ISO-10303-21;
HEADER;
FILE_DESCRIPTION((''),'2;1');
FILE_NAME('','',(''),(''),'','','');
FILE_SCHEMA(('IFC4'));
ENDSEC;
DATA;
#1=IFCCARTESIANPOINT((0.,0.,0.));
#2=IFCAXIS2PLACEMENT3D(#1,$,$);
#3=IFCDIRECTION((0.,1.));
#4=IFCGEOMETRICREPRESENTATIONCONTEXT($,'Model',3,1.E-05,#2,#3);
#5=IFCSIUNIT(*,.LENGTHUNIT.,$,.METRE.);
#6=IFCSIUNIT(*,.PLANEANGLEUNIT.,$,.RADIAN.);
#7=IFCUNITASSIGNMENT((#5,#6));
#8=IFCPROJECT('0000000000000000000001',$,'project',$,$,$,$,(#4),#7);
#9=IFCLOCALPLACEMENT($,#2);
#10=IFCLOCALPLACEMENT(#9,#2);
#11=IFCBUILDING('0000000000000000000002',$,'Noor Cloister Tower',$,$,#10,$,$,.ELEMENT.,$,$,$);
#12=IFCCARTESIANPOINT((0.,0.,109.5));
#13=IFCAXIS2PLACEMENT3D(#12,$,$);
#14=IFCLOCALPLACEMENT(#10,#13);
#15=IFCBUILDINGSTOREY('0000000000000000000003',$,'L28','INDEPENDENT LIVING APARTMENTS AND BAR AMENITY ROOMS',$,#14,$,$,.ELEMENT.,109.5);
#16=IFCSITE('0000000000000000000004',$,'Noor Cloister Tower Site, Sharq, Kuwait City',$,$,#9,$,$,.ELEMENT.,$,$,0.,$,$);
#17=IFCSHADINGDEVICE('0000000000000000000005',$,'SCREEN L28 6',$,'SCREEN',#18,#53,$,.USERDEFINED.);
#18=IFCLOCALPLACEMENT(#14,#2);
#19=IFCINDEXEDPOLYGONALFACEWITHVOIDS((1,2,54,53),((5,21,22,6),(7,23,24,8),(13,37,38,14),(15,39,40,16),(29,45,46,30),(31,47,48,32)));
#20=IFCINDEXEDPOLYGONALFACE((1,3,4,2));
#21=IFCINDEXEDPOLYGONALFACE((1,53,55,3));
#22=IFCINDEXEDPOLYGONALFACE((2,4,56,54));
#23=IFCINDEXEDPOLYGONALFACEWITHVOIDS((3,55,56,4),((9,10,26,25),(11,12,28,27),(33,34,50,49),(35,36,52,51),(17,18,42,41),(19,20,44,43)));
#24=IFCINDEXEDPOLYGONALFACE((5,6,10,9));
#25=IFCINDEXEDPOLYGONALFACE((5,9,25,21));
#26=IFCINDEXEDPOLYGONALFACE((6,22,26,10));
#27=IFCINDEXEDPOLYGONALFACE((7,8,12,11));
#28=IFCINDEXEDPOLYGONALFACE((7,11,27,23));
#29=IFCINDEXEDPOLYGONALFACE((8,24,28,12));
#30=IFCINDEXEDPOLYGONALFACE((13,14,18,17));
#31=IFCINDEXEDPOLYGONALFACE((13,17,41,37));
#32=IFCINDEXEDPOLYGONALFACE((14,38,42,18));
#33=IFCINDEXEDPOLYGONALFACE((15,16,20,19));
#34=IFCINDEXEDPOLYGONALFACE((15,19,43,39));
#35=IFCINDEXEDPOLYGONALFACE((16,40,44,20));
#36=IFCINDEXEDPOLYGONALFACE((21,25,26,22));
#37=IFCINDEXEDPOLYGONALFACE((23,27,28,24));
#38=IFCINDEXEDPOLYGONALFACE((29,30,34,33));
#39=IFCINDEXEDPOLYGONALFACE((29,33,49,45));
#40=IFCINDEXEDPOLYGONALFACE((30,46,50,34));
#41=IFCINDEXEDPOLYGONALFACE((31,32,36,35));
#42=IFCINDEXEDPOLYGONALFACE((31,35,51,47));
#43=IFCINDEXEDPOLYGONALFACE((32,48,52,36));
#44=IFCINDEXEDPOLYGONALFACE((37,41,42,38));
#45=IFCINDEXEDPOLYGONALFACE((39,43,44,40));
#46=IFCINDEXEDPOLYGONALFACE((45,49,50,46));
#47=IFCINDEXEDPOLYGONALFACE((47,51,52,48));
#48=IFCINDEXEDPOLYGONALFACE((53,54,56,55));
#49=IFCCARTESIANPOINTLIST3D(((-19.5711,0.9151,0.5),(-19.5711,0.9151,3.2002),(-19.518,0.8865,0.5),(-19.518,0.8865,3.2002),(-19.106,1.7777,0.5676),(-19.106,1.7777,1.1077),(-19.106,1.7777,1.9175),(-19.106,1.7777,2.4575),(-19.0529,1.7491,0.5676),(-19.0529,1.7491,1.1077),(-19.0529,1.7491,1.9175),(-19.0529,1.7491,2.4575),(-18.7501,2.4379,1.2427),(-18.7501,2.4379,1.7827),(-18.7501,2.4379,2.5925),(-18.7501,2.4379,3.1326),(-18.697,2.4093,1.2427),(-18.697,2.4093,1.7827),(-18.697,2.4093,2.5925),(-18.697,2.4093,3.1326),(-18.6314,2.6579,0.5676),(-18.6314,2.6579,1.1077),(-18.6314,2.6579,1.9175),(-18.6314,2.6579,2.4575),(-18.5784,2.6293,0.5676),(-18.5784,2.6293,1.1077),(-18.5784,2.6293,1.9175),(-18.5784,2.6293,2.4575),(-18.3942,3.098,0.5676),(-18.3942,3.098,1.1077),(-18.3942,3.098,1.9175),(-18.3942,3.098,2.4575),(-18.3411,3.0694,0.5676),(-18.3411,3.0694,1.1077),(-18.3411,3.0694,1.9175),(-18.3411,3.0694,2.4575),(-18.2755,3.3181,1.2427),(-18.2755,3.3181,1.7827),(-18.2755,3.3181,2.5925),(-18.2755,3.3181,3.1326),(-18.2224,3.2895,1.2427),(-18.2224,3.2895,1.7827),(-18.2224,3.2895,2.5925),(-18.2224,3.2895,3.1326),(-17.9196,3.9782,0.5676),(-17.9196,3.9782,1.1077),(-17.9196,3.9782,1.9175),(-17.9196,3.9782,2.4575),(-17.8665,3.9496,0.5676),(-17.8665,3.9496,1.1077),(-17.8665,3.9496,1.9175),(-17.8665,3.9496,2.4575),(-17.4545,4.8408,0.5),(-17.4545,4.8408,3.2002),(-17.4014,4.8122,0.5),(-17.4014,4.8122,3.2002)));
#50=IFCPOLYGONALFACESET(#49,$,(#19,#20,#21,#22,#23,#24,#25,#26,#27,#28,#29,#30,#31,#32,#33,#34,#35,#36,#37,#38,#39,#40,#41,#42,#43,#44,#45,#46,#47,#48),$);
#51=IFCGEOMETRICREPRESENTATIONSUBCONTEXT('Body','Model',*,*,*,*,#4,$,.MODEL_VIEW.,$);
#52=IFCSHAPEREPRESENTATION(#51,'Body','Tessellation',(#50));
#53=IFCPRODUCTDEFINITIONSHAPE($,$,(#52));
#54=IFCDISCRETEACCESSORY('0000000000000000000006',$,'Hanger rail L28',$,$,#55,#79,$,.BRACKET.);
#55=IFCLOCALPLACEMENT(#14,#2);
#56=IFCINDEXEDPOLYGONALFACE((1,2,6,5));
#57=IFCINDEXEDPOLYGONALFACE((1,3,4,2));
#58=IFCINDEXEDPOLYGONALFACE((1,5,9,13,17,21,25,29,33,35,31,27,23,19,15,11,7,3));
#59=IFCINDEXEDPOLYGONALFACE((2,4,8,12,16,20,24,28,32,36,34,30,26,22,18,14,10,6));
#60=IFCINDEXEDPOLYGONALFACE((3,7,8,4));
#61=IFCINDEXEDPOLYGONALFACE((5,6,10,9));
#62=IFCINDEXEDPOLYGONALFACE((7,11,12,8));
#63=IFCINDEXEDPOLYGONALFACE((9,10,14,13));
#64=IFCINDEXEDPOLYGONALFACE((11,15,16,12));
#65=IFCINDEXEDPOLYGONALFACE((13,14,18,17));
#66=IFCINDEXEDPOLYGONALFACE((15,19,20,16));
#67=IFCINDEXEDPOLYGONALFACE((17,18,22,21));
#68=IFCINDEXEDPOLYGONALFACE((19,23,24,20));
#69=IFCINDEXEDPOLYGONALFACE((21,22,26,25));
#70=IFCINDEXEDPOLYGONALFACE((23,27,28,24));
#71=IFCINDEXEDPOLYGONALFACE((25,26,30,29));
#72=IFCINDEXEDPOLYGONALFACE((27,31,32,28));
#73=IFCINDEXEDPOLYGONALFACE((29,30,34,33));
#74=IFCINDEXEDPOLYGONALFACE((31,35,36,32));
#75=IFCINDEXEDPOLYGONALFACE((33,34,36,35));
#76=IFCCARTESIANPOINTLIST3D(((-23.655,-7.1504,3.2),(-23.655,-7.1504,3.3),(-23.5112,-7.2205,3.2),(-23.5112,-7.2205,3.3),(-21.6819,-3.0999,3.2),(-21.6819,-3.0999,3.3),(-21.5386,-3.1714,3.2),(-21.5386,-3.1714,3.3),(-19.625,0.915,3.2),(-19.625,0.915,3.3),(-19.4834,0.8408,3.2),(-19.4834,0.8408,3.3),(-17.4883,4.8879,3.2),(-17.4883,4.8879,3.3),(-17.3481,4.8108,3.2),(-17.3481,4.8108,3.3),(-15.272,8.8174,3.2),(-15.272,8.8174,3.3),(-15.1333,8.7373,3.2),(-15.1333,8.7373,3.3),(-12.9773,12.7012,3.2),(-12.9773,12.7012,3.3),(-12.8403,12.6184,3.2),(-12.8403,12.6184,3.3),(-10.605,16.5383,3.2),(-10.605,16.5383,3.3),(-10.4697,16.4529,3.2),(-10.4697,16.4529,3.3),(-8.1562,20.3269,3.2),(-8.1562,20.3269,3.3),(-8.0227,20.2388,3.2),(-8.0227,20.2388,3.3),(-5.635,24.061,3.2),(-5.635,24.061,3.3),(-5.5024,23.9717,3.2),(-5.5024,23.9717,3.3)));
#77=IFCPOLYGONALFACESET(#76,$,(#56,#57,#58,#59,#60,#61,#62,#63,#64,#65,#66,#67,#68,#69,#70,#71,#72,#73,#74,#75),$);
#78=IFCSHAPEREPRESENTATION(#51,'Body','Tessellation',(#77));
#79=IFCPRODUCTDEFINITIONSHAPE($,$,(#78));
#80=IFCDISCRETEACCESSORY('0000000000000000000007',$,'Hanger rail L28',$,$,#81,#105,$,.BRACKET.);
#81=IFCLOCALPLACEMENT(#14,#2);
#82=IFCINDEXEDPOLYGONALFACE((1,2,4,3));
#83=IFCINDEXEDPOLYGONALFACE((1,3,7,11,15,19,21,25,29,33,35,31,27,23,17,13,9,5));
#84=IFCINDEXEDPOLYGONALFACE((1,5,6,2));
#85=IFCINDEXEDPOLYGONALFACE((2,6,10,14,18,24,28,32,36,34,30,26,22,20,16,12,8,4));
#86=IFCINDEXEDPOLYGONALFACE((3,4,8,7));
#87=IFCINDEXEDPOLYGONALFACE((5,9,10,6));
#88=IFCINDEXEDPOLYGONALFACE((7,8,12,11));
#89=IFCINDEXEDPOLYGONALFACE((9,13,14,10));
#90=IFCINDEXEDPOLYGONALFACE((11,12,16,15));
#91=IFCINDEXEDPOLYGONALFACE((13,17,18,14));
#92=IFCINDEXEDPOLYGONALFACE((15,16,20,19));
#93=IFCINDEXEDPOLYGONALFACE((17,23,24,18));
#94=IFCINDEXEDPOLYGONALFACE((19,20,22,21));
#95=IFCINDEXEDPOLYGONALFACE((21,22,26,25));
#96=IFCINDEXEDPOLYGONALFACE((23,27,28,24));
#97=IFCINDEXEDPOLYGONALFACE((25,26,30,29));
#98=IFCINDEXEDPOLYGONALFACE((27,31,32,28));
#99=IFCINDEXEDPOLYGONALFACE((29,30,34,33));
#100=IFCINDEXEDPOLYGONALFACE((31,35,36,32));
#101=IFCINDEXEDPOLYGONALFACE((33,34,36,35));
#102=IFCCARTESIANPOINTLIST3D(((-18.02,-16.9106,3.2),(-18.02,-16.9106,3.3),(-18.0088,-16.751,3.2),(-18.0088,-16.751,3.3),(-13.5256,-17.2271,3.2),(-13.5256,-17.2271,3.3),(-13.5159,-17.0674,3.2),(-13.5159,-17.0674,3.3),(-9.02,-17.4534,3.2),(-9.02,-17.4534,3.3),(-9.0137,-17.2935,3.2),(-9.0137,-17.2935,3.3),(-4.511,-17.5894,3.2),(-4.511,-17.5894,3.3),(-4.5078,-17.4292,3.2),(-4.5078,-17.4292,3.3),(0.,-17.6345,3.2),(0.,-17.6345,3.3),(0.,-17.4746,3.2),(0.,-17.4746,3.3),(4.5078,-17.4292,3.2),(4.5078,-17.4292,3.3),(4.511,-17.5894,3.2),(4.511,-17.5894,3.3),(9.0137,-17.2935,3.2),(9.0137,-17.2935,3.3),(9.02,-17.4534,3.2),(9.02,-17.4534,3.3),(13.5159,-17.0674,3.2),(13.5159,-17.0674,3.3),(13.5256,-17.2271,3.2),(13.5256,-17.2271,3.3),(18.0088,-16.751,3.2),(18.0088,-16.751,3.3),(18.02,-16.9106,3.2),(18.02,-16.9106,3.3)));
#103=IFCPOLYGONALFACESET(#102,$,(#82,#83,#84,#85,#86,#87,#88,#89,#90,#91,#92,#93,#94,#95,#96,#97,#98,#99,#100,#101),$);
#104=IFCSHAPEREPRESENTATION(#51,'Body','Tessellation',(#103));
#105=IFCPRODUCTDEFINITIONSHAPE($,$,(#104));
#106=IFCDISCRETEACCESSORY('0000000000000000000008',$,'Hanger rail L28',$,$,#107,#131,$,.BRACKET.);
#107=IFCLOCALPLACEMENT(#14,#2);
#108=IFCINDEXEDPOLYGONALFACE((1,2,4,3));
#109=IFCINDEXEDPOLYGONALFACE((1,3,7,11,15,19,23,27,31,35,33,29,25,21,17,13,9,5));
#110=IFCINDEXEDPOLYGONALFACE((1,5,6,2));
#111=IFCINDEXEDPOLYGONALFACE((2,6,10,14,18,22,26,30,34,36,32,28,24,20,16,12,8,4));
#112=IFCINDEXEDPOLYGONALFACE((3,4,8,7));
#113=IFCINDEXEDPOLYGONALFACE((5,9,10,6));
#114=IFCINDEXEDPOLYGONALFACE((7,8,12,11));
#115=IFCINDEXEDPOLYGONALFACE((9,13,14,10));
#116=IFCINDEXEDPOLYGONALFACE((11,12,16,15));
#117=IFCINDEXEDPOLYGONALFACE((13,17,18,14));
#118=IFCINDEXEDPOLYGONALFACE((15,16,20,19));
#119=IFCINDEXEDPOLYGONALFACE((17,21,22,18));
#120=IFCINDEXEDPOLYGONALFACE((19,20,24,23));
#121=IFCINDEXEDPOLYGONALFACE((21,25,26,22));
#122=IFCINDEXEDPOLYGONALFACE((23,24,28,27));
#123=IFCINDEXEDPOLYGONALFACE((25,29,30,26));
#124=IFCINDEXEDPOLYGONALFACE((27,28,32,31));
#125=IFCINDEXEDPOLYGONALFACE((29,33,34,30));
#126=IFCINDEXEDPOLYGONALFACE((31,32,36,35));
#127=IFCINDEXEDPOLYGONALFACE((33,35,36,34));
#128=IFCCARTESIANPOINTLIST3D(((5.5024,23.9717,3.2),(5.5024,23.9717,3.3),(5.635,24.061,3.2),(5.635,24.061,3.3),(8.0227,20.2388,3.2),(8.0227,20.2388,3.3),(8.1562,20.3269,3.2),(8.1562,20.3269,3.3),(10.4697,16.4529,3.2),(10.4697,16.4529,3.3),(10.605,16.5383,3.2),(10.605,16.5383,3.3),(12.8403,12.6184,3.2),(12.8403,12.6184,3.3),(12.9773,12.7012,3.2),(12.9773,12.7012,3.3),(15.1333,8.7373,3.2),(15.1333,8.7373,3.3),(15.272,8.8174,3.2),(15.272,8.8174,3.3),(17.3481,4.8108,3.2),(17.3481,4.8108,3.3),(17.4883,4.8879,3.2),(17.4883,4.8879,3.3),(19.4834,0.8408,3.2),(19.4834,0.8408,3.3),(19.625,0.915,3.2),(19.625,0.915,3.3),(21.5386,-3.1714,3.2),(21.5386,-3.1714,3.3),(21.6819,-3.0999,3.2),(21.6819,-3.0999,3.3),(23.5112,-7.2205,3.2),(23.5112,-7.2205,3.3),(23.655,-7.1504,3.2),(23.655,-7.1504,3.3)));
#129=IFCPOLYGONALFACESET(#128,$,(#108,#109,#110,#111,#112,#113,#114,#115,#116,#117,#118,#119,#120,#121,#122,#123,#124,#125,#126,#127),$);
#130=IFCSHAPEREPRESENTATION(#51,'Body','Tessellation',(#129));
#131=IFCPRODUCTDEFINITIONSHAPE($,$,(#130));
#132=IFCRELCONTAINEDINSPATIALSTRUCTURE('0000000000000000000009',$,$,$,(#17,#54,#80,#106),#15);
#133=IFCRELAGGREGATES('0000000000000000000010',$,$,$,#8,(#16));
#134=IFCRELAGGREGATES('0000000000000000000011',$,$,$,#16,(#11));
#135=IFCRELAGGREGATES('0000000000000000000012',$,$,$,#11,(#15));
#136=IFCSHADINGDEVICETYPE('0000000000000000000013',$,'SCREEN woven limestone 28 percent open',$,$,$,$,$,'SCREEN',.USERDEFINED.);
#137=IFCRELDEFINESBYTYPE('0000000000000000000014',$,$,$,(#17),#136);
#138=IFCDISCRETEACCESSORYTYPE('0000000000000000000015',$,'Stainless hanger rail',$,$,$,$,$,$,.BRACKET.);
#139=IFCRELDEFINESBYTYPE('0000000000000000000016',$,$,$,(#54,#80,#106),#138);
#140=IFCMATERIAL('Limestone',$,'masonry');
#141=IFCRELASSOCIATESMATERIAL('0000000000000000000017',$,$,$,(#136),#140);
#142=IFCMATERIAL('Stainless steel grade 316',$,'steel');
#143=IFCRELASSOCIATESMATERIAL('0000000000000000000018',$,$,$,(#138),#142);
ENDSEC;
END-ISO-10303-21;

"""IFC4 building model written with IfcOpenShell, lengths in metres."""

from ifc_helpers import new_model, si_unit, direction, frame, origin, place, context, subcontext, project, spatial, polyline, outline, extrude, material, material_profile, profile_set, type_object, element, save


model = new_model("IFC4")

# Units and contexts
model_context = context("Model", 3, precision=1e-05, world=origin(), true_north=direction((0.0, 1.0)))
body_context = subcontext(model_context, "Body", "Model", "MODEL_VIEW")
ifc_project = project(units=[si_unit("LENGTHUNIT", "METRE"), si_unit("PLANEANGLEUNIT", "RADIAN")], contexts=[model_context])

# Site, building, storey
site_placement = place(None, origin())
site = spatial("IfcSite", under=ifc_project, at=site_placement, Name="Noor Cloister Tower Site, Sharq, Kuwait City", CompositionType="ELEMENT", RefElevation=0.0)
building_placement = place(site_placement, origin())
building = spatial("IfcBuilding", under=site, at=building_placement, Name="Noor Cloister Tower", CompositionType="ELEMENT")
storey_placement = place(building_placement, frame((0.0, 0.0, 109.5)))
storey = spatial("IfcBuildingStorey", under=building, at=storey_placement, Name="L28", Description="INDEPENDENT LIVING APARTMENTS AND BAR AMENITY ROOMS", CompositionType="ELEMENT", Elevation=109.5)

# Shading device
ifc_material_1 = material(Name="Limestone", Category="masonry")
ifc_material_profile_1 = material_profile(ifc_material_1, outline(polyline([(-2.23, -1.3501), (2.23, -1.3501), (2.23, 1.3501), (-2.23, 1.3501), (-2.23, -1.3501)]), holes=[polyline([(-1.25, -1.2825), (-0.25, -1.2825), (-0.25, -0.7424), (-1.25, -0.7424), (-1.25, -1.2825)]), polyline([(0.25, -1.2825), (1.25, -1.2825), (1.25, -0.7424), (0.25, -0.7424), (0.25, -1.2825)]), polyline([(-0.5, -0.6074), (0.5, -0.6074), (0.5, -0.0674), (-0.5, -0.0674), (-0.5, -0.6074)]), polyline([(-1.25, 0.0674), (-0.25, 0.0674), (-0.25, 0.6074), (-1.25, 0.6074), (-1.25, 0.0674)]), polyline([(0.25, 0.0674), (1.25, 0.0674), (1.25, 0.6074), (0.25, 0.6074), (0.25, 0.0674)]), polyline([(-0.5, 0.7424), (0.5, 0.7424), (0.5, 1.2825), (-0.5, 1.2825), (-0.5, 0.7424)])]), Name="Woven screen 28 percent open")
ifc_profile_set_1 = profile_set([ifc_material_profile_1], Name="Limestone")
shading_device_type = type_object("IfcShadingDeviceType", Name="SCREEN woven limestone 28 percent open", ElementType="SCREEN", PredefinedType="USERDEFINED", material=ifc_profile_set_1)
shading_device_1_placement = place(storey_placement, frame((-18.4597, 2.8494, 1.8501), z_axis=(-0.88021, 0.474584, 0.0), x_axis=(-0.474584, -0.88021, 0.0)))
element("IfcShadingDevice", 1, at=shading_device_1_placement, inside=storey, type_object=shading_device_type, Name="SCREEN L28 6", ObjectType="SCREEN", PredefinedType="USERDEFINED", context=body_context, shape_type="SweptSolid", body=[
    extrude(outline(polyline([(-2.23, -1.3501), (2.23, -1.3501), (2.23, 1.3501), (-2.23, 1.3501), (-2.23, -1.3501)]), holes=[polyline([(-1.25, -1.2825), (-0.25, -1.2825), (-0.25, -0.7424), (-1.25, -0.7424), (-1.25, -1.2825)]), polyline([(0.25, -1.2825), (1.25, -1.2825), (1.25, -0.7424), (0.25, -0.7424), (0.25, -1.2825)]), polyline([(-0.5, -0.6074), (0.5, -0.6074), (0.5, -0.0674), (-0.5, -0.0674), (-0.5, -0.6074)]), polyline([(-1.25, 0.0674), (-0.25, 0.0674), (-0.25, 0.6074), (-1.25, 0.6074), (-1.25, 0.0674)]), polyline([(0.25, 0.0674), (1.25, 0.0674), (1.25, 0.6074), (0.25, 0.6074), (0.25, 0.0674)]), polyline([(-0.5, 0.7424), (0.5, 0.7424), (0.5, 1.2825), (-0.5, 1.2825), (-0.5, 0.7424)])]), origin(), (0.0, 0.0, 1.0), 0.0603),
])

# Discrete accessories
ifc_material_2 = material(Name="Stainless steel grade 316", Category="steel")
discrete_accessory_type = type_object("IfcDiscreteAccessoryType", Name="Stainless hanger rail", PredefinedType="BRACKET", material=ifc_material_2)
discrete_accessory_1_placement = place(storey_placement, frame((0.0, 0.0, 3.2)))
element("IfcDiscreteAccessory", 2, at=discrete_accessory_1_placement, inside=storey, type_object=discrete_accessory_type, Name="Hanger rail L28", PredefinedType="BRACKET", context=body_context, shape_type="SweptSolid", body=[
    extrude(outline(polyline([(-5.635, 24.061), (-8.1562, 20.3269), (-10.605, 16.5383), (-12.9773, 12.7012), (-15.272, 8.8174), (-17.4883, 4.8879), (-19.625, 0.915), (-21.6819, -3.0999), (-23.655, -7.1504), (-23.5112, -7.2205), (-21.5386, -3.1714), (-19.4834, 0.8408), (-17.3481, 4.8108), (-15.1333, 8.7373), (-12.8403, 12.6184), (-10.4697, 16.4529), (-8.0227, 20.2388), (-5.5024, 23.9717), (-5.635, 24.061)])), origin(), (0.0, 0.0, 1.0), 0.1001),
])
discrete_accessory_2_placement = place(storey_placement, frame((0.0, 0.0, 3.2)))
element("IfcDiscreteAccessory", 3, at=discrete_accessory_2_placement, inside=storey, type_object=discrete_accessory_type, Name="Hanger rail L28", PredefinedType="BRACKET", context=body_context, shape_type="SweptSolid", body=[
    extrude(outline(polyline([(-18.02, -16.9106), (-13.5256, -17.2271), (-9.02, -17.4534), (-4.511, -17.5894), (0.0, -17.6345), (4.511, -17.5894), (9.02, -17.4534), (13.5256, -17.2271), (18.02, -16.9106), (18.0088, -16.751), (13.5159, -17.0674), (9.0137, -17.2935), (4.5078, -17.4292), (0.0, -17.4746), (-4.5078, -17.4292), (-9.0137, -17.2935), (-13.5159, -17.0674), (-18.0088, -16.751), (-18.02, -16.9106)])), origin(), (0.0, 0.0, 1.0), 0.1001),
])
discrete_accessory_3_placement = place(storey_placement, frame((0.0, 0.0, 3.2)))
element("IfcDiscreteAccessory", 4, at=discrete_accessory_3_placement, inside=storey, type_object=discrete_accessory_type, Name="Hanger rail L28", PredefinedType="BRACKET", context=body_context, shape_type="SweptSolid", body=[
    extrude(outline(polyline([(23.655, -7.1504), (21.6819, -3.0999), (19.625, 0.915), (17.4883, 4.8879), (15.272, 8.8174), (12.9773, 12.7012), (10.605, 16.5383), (8.1562, 20.3269), (5.635, 24.061), (5.5024, 23.9717), (8.0227, 20.2388), (10.4697, 16.4529), (12.8403, 12.6184), (15.1333, 8.7373), (17.3481, 4.8108), (19.4834, 0.8408), (21.5386, -3.1714), (23.5112, -7.2205), (23.655, -7.1504)])), origin(), (0.0, 0.0, 1.0), 0.1001),
])

save(model, "model.ifc")
